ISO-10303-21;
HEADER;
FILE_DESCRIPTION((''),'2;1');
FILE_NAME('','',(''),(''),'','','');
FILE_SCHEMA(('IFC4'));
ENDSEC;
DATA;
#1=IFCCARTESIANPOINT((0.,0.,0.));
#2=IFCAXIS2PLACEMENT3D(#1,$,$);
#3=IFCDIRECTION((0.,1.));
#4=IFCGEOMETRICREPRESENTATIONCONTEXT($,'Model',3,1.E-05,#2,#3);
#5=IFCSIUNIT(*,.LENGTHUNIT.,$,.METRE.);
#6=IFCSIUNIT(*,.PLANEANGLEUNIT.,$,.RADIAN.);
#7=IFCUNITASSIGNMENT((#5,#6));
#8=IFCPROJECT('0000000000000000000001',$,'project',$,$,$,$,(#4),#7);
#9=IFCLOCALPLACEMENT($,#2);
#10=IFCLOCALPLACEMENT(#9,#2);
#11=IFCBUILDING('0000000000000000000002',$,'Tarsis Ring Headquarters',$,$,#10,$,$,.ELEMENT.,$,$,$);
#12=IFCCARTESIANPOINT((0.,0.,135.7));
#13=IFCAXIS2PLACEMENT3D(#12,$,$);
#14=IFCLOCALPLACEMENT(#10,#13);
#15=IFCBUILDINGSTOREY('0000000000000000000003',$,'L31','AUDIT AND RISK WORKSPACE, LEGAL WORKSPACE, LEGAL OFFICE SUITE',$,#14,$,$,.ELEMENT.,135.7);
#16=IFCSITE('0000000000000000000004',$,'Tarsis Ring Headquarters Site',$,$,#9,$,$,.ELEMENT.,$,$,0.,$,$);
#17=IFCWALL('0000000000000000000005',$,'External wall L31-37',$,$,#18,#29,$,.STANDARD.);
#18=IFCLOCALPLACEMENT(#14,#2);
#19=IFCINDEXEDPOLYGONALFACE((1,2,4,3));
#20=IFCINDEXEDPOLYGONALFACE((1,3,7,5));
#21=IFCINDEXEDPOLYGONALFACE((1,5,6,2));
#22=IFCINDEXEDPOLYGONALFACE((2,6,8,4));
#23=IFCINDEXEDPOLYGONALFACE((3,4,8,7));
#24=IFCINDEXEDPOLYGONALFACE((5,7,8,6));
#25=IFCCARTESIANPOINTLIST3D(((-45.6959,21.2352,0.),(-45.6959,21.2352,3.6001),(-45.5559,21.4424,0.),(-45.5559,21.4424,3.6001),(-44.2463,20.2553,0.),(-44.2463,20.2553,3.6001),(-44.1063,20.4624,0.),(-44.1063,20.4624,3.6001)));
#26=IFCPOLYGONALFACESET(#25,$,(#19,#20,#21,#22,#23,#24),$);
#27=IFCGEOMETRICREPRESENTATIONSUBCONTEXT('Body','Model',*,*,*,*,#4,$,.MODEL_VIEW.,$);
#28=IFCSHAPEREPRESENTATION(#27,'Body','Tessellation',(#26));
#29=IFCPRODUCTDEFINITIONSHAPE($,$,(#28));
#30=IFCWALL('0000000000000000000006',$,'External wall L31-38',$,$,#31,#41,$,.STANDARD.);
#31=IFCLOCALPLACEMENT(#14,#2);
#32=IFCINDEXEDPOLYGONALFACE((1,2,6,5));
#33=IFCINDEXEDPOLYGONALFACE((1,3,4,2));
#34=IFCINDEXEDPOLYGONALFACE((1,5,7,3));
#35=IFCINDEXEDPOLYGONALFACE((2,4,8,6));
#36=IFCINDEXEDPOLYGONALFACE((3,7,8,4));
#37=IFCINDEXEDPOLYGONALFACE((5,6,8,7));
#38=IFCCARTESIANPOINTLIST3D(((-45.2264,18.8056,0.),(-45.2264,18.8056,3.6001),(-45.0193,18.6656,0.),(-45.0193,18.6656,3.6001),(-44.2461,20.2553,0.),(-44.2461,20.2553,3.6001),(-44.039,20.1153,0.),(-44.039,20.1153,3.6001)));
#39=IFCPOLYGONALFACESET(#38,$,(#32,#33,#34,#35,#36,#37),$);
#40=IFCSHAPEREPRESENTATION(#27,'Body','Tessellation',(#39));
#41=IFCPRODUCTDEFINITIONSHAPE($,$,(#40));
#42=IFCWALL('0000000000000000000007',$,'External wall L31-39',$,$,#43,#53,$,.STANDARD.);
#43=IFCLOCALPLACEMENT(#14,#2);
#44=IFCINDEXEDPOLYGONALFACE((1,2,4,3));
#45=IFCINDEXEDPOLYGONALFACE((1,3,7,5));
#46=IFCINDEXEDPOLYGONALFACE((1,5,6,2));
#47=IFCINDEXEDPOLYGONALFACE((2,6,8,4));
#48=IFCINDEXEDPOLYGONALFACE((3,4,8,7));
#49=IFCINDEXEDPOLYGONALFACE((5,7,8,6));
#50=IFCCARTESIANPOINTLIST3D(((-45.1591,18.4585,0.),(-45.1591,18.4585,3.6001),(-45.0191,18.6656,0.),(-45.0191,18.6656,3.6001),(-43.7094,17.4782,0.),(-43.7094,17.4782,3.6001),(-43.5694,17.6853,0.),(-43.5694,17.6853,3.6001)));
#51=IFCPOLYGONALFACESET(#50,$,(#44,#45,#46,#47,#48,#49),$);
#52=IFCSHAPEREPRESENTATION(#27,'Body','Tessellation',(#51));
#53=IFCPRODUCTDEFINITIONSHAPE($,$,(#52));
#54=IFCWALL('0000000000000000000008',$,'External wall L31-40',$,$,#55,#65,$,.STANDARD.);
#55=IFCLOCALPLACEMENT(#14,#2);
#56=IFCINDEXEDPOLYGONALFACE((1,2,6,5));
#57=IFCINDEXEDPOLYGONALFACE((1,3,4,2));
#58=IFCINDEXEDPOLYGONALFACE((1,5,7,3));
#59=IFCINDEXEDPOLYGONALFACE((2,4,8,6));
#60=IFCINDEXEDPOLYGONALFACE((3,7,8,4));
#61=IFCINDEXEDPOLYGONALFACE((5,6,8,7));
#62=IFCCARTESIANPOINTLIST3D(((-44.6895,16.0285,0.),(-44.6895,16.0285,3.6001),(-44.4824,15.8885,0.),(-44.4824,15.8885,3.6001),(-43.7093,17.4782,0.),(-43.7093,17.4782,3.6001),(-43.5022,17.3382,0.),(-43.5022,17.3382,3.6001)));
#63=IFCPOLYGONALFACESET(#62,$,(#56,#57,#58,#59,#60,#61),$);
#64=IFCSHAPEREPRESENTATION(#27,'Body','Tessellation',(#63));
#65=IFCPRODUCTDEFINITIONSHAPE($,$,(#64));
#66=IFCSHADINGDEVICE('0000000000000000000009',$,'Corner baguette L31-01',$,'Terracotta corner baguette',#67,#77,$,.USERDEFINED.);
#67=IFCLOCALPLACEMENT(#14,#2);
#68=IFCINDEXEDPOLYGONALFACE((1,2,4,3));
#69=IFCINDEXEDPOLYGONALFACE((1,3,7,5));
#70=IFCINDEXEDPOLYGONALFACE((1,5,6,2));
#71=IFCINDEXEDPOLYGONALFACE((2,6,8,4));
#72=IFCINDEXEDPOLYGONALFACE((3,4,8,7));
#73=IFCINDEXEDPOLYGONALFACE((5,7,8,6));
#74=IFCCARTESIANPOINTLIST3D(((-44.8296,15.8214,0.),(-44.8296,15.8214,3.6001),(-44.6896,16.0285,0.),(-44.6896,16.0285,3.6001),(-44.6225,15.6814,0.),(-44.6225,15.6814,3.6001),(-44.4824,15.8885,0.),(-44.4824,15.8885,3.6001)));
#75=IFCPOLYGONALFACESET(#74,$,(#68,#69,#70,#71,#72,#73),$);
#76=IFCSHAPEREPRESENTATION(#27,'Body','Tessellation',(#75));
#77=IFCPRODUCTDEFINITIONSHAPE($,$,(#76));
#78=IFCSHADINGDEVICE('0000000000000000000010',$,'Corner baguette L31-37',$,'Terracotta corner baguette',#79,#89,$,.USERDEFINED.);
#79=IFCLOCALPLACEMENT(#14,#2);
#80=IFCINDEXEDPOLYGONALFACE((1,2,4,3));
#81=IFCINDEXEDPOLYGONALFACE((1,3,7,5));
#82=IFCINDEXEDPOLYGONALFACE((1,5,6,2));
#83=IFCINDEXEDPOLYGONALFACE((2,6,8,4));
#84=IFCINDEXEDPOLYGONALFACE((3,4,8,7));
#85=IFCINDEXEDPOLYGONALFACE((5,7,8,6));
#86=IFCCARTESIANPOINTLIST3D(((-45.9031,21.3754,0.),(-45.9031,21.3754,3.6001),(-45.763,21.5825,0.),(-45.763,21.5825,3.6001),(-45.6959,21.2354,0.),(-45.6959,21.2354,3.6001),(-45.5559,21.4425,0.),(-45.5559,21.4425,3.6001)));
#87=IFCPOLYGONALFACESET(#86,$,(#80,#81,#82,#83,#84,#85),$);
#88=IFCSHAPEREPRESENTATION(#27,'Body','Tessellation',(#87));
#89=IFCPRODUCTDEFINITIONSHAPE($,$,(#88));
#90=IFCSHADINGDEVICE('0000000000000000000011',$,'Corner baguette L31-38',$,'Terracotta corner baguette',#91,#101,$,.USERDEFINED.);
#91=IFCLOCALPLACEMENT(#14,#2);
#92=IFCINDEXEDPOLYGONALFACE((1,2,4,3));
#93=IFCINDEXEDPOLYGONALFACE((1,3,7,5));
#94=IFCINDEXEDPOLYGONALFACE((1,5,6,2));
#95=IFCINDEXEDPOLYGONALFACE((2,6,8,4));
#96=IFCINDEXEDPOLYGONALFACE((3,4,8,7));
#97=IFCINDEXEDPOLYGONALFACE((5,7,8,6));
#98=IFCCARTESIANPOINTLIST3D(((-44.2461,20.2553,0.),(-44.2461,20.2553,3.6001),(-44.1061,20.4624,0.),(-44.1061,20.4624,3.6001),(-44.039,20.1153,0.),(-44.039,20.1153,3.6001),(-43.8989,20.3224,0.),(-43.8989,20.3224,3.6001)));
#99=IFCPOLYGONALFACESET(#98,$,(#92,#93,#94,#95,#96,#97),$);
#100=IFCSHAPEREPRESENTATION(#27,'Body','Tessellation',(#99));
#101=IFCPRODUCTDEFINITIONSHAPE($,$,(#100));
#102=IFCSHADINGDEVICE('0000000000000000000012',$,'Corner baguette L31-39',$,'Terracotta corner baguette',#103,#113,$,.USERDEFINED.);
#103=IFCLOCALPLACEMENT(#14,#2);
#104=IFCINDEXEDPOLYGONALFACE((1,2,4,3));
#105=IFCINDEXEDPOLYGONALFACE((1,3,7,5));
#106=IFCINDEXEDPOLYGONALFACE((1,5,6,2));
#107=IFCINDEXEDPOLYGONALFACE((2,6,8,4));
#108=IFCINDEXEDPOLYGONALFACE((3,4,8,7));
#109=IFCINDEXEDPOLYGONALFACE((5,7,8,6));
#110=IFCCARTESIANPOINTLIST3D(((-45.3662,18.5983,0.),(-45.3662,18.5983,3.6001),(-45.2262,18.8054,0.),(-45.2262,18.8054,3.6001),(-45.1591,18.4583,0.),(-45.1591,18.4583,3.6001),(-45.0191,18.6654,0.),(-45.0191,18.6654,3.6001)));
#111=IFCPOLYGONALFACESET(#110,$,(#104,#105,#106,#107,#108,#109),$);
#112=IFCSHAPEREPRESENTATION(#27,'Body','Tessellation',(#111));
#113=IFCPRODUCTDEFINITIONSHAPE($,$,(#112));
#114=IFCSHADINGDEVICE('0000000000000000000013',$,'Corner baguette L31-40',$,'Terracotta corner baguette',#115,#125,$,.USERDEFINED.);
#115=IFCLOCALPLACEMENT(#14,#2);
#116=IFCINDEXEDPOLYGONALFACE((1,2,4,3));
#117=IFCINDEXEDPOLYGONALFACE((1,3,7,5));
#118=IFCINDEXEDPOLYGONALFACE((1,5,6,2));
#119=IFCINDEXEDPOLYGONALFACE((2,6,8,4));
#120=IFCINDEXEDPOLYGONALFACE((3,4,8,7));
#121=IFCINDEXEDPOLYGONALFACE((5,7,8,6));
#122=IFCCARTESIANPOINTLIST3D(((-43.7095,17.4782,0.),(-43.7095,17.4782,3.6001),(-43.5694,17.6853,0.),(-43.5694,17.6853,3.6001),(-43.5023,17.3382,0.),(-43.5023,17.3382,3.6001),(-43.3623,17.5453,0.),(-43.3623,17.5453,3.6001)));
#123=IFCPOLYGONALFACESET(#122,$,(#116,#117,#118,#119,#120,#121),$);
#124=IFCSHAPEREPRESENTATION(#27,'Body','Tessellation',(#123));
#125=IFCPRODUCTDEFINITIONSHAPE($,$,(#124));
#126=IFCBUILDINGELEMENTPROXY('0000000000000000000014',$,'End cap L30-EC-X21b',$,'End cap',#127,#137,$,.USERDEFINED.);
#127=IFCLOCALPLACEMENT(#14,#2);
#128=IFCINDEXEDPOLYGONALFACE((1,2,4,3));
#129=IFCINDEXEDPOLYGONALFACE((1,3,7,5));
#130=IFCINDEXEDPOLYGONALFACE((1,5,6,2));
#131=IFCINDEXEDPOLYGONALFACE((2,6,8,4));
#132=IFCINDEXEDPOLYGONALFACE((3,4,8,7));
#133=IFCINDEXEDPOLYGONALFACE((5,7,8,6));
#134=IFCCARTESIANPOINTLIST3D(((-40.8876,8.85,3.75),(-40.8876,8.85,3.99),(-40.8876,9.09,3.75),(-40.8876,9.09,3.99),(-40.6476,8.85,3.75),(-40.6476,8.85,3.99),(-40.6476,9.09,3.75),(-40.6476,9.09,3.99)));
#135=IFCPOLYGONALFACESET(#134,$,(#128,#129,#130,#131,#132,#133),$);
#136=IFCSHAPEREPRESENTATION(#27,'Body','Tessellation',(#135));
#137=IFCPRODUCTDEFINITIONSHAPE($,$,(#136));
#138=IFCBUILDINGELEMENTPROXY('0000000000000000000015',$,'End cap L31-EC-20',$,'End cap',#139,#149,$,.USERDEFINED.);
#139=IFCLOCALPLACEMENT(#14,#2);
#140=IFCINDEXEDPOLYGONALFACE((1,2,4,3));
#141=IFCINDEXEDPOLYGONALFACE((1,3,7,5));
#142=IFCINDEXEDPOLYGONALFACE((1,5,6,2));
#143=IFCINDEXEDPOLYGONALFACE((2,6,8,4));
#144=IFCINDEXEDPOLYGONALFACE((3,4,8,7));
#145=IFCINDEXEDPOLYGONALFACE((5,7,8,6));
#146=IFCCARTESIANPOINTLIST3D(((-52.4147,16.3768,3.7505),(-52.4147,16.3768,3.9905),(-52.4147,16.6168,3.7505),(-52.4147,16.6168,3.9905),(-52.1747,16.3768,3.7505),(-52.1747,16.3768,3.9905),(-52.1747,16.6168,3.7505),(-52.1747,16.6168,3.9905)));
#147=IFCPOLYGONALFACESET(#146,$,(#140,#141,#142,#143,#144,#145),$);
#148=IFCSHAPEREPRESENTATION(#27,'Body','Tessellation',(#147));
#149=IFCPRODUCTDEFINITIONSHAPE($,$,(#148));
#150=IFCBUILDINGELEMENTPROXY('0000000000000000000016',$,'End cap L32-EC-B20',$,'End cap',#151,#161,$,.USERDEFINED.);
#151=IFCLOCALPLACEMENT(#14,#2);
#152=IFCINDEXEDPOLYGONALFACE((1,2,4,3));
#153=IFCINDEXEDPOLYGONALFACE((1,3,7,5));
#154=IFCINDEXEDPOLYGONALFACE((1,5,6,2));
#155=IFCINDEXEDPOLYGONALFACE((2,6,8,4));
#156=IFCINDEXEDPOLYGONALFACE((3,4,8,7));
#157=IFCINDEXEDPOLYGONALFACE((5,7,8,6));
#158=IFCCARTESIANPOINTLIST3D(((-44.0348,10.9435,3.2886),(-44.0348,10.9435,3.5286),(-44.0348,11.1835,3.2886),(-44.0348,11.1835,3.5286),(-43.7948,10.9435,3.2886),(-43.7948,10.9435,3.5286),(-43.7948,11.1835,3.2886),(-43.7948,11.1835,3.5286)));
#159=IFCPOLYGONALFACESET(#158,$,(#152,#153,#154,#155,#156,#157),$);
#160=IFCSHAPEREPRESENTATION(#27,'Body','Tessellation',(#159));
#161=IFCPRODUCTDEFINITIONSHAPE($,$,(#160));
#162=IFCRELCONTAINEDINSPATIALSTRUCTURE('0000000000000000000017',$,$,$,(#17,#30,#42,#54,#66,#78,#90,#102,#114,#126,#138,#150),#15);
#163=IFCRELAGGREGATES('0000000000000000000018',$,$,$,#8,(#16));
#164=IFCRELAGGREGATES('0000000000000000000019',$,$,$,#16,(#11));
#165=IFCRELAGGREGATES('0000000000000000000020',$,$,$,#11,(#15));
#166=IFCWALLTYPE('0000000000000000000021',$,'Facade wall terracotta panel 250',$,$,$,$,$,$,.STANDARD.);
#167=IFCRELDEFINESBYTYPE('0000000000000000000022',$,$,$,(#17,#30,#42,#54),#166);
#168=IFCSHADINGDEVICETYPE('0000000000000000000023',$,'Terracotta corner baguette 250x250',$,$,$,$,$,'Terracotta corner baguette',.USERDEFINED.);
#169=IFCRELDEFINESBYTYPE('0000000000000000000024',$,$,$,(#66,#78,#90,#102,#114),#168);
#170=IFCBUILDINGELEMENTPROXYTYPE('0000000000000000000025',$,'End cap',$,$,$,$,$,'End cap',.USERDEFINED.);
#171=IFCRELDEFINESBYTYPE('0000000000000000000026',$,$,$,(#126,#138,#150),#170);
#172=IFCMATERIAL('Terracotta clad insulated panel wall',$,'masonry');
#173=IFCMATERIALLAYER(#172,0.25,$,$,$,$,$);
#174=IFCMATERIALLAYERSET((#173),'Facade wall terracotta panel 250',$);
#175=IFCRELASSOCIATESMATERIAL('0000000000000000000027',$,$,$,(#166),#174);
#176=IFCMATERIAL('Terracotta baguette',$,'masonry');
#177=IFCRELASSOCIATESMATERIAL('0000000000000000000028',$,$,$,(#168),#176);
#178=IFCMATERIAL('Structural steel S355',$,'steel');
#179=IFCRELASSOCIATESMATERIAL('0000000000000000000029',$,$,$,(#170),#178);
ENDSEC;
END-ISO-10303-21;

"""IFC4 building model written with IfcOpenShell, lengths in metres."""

from ifc_helpers import new_model, si_unit, direction, frame, frame_2d, origin, origin_2d, place, context, subcontext, project, spatial, rectangle, extrude, material, layer, layer_set, type_object, element, save


model = new_model("IFC4")

# Units and contexts
model_context = context("Model", 3, precision=1e-05, world=origin(), true_north=direction((0.0, 1.0)))
body_context = subcontext(model_context, "Body", "Model", "MODEL_VIEW")
ifc_project = project(units=[si_unit("LENGTHUNIT", "METRE"), si_unit("PLANEANGLEUNIT", "RADIAN")], contexts=[model_context])

# Site, building, storey
site_placement = place(None, origin())
site = spatial("IfcSite", under=ifc_project, at=site_placement, Name="Tarsis Ring Headquarters Site", CompositionType="ELEMENT", RefElevation=0.0)
building_placement = place(site_placement, origin())
building = spatial("IfcBuilding", under=site, at=building_placement, Name="Tarsis Ring Headquarters", CompositionType="ELEMENT")
storey_placement = place(building_placement, frame((0.0, 0.0, 135.7)))
storey = spatial("IfcBuildingStorey", under=building, at=storey_placement, Name="L31", Description="AUDIT AND RISK WORKSPACE, LEGAL WORKSPACE, LEGAL OFFICE SUITE", CompositionType="ELEMENT", Elevation=135.7)

# Shared definitions
ifc_material_1 = material(Name="Structural steel S355", Category="steel")

# Shared definitions
ifc_material_2 = material(Name="Terracotta clad insulated panel wall", Category="masonry")
ifc_layer = layer(ifc_material_2, 0.25)
ifc_layer_set = layer_set([ifc_layer], Name="Facade wall terracotta panel 250")
wall_type = type_object("IfcWallType", Name="Facade wall terracotta panel 250", PredefinedType="STANDARD", material=ifc_layer_set)

# Walls
wall_1_placement = place(storey_placement, frame((-45.626, 21.3389, 0.0), z_axis=(0.0, 0.0, 1.0), x_axis=(0.82847, -0.560033, 0.0)))
element("IfcWall", 1, at=wall_1_placement, inside=storey, type_object=wall_type, Name="External wall L31-37", PredefinedType="STANDARD", context=body_context, shape_type="SweptSolid", body=[
    extrude(rectangle(XDim=1.7498, YDim=0.25, at=frame_2d((0.875, 0.0))), origin(), (0.0, 0.0, 1.0), 3.6001),
])
for number, where, z_axis, x_axis, name in (
    (2, (-44.1426, 20.1853, 0.0), (0.0, 0.0, 1.0), (-0.560129, -0.828405, 0.0), "External wall L31-38"),
    (3, (-45.0891, 18.562, 0.0), (0.0, 0.0, 1.0), (0.828405, -0.560129, 0.0), "External wall L31-39"),
    (4, (-43.6057, 17.4082, 0.0), (0.0, 0.0, 1.0), (-0.560129, -0.828405, 0.0), "External wall L31-40"),
):
    element("IfcWall", number, at=place(storey_placement, frame(where, z_axis=z_axis, x_axis=x_axis)), inside=storey, type_object=wall_type, Name=name, PredefinedType="STANDARD", context=body_context, shape_type="SweptSolid", body=[
        extrude(rectangle(XDim=1.75, YDim=0.25, at=frame_2d((0.875, 0.0))), origin(), (0.0, 0.0, 1.0), 3.6001),
    ])

# Shading devices
ifc_material_3 = material(Name="Terracotta baguette", Category="masonry")
shading_device_type = type_object("IfcShadingDeviceType", Name="Terracotta corner baguette 250x250", ElementType="Terracotta corner baguette", PredefinedType="USERDEFINED", material=ifc_material_3)
for number, where, z_axis, x_axis, name in (
    (5, (-44.656, 15.855, 0.0), (0.0, 0.0, 1.0), (-0.560061, -0.828451, 0.0), "Corner baguette L31-01"),
    (6, (-45.7295, 21.4089, 0.0), (0.0, 0.0, 1.0), (-0.560061, -0.828452, 0.0), "Corner baguette L31-37"),
    (7, (-44.0725, 20.2888, 0.0), (0.0, 0.0, 1.0), (0.828451, -0.560061, 0.0), "Corner baguette L31-38"),
    (8, (-45.1926, 18.6318, 0.0), (0.0, 0.0, 1.0), (-0.560061, -0.828452, 0.0), "Corner baguette L31-39"),
    (9, (-43.5359, 17.5117, 0.0), (0.0, 0.0, 1.0), (0.828452, -0.560061, 0.0), "Corner baguette L31-40"),
):
    element("IfcShadingDevice", number, at=place(storey_placement, frame(where, z_axis=z_axis, x_axis=x_axis)), inside=storey, type_object=shading_device_type, Name=name, ObjectType="Terracotta corner baguette", PredefinedType="USERDEFINED", context=body_context, shape_type="SweptSolid", body=[
        extrude(rectangle(XDim=0.25, YDim=0.25, at=origin_2d()), origin(), (0.0, 0.0, 1.0), 3.6001),
    ])

# Building element proxies
building_element_proxy_type = type_object("IfcBuildingElementProxyType", Name="End cap", ElementType="End cap", PredefinedType="USERDEFINED", material=ifc_material_1)
for number, where, z_axis, x_axis, name in (
    (10, (-40.7676, 8.97, 3.75), (0.0, 0.0, 1.0), (1.0, 0.0, 0.0), "End cap L30-EC-X21b"),
    (11, (-52.2947, 16.4968, 3.7505), (0.0, 0.0, 1.0), (1.0, 0.0, 0.0), "End cap L31-EC-20"),
    (12, (-43.9148, 11.0635, 3.2886), (0.0, 0.0, 1.0), (1.0, 0.0, 0.0), "End cap L32-EC-B20"),
):
    element("IfcBuildingElementProxy", number, at=place(storey_placement, frame(where, z_axis=z_axis, x_axis=x_axis)), inside=storey, type_object=building_element_proxy_type, Name=name, ObjectType="End cap", PredefinedType="USERDEFINED", context=body_context, shape_type="SweptSolid", body=[
        extrude(rectangle(XDim=0.24, YDim=0.24, at=origin_2d()), origin(), (0.0, 0.0, 1.0), 0.24),
    ])

save(model, "model.ifc")
